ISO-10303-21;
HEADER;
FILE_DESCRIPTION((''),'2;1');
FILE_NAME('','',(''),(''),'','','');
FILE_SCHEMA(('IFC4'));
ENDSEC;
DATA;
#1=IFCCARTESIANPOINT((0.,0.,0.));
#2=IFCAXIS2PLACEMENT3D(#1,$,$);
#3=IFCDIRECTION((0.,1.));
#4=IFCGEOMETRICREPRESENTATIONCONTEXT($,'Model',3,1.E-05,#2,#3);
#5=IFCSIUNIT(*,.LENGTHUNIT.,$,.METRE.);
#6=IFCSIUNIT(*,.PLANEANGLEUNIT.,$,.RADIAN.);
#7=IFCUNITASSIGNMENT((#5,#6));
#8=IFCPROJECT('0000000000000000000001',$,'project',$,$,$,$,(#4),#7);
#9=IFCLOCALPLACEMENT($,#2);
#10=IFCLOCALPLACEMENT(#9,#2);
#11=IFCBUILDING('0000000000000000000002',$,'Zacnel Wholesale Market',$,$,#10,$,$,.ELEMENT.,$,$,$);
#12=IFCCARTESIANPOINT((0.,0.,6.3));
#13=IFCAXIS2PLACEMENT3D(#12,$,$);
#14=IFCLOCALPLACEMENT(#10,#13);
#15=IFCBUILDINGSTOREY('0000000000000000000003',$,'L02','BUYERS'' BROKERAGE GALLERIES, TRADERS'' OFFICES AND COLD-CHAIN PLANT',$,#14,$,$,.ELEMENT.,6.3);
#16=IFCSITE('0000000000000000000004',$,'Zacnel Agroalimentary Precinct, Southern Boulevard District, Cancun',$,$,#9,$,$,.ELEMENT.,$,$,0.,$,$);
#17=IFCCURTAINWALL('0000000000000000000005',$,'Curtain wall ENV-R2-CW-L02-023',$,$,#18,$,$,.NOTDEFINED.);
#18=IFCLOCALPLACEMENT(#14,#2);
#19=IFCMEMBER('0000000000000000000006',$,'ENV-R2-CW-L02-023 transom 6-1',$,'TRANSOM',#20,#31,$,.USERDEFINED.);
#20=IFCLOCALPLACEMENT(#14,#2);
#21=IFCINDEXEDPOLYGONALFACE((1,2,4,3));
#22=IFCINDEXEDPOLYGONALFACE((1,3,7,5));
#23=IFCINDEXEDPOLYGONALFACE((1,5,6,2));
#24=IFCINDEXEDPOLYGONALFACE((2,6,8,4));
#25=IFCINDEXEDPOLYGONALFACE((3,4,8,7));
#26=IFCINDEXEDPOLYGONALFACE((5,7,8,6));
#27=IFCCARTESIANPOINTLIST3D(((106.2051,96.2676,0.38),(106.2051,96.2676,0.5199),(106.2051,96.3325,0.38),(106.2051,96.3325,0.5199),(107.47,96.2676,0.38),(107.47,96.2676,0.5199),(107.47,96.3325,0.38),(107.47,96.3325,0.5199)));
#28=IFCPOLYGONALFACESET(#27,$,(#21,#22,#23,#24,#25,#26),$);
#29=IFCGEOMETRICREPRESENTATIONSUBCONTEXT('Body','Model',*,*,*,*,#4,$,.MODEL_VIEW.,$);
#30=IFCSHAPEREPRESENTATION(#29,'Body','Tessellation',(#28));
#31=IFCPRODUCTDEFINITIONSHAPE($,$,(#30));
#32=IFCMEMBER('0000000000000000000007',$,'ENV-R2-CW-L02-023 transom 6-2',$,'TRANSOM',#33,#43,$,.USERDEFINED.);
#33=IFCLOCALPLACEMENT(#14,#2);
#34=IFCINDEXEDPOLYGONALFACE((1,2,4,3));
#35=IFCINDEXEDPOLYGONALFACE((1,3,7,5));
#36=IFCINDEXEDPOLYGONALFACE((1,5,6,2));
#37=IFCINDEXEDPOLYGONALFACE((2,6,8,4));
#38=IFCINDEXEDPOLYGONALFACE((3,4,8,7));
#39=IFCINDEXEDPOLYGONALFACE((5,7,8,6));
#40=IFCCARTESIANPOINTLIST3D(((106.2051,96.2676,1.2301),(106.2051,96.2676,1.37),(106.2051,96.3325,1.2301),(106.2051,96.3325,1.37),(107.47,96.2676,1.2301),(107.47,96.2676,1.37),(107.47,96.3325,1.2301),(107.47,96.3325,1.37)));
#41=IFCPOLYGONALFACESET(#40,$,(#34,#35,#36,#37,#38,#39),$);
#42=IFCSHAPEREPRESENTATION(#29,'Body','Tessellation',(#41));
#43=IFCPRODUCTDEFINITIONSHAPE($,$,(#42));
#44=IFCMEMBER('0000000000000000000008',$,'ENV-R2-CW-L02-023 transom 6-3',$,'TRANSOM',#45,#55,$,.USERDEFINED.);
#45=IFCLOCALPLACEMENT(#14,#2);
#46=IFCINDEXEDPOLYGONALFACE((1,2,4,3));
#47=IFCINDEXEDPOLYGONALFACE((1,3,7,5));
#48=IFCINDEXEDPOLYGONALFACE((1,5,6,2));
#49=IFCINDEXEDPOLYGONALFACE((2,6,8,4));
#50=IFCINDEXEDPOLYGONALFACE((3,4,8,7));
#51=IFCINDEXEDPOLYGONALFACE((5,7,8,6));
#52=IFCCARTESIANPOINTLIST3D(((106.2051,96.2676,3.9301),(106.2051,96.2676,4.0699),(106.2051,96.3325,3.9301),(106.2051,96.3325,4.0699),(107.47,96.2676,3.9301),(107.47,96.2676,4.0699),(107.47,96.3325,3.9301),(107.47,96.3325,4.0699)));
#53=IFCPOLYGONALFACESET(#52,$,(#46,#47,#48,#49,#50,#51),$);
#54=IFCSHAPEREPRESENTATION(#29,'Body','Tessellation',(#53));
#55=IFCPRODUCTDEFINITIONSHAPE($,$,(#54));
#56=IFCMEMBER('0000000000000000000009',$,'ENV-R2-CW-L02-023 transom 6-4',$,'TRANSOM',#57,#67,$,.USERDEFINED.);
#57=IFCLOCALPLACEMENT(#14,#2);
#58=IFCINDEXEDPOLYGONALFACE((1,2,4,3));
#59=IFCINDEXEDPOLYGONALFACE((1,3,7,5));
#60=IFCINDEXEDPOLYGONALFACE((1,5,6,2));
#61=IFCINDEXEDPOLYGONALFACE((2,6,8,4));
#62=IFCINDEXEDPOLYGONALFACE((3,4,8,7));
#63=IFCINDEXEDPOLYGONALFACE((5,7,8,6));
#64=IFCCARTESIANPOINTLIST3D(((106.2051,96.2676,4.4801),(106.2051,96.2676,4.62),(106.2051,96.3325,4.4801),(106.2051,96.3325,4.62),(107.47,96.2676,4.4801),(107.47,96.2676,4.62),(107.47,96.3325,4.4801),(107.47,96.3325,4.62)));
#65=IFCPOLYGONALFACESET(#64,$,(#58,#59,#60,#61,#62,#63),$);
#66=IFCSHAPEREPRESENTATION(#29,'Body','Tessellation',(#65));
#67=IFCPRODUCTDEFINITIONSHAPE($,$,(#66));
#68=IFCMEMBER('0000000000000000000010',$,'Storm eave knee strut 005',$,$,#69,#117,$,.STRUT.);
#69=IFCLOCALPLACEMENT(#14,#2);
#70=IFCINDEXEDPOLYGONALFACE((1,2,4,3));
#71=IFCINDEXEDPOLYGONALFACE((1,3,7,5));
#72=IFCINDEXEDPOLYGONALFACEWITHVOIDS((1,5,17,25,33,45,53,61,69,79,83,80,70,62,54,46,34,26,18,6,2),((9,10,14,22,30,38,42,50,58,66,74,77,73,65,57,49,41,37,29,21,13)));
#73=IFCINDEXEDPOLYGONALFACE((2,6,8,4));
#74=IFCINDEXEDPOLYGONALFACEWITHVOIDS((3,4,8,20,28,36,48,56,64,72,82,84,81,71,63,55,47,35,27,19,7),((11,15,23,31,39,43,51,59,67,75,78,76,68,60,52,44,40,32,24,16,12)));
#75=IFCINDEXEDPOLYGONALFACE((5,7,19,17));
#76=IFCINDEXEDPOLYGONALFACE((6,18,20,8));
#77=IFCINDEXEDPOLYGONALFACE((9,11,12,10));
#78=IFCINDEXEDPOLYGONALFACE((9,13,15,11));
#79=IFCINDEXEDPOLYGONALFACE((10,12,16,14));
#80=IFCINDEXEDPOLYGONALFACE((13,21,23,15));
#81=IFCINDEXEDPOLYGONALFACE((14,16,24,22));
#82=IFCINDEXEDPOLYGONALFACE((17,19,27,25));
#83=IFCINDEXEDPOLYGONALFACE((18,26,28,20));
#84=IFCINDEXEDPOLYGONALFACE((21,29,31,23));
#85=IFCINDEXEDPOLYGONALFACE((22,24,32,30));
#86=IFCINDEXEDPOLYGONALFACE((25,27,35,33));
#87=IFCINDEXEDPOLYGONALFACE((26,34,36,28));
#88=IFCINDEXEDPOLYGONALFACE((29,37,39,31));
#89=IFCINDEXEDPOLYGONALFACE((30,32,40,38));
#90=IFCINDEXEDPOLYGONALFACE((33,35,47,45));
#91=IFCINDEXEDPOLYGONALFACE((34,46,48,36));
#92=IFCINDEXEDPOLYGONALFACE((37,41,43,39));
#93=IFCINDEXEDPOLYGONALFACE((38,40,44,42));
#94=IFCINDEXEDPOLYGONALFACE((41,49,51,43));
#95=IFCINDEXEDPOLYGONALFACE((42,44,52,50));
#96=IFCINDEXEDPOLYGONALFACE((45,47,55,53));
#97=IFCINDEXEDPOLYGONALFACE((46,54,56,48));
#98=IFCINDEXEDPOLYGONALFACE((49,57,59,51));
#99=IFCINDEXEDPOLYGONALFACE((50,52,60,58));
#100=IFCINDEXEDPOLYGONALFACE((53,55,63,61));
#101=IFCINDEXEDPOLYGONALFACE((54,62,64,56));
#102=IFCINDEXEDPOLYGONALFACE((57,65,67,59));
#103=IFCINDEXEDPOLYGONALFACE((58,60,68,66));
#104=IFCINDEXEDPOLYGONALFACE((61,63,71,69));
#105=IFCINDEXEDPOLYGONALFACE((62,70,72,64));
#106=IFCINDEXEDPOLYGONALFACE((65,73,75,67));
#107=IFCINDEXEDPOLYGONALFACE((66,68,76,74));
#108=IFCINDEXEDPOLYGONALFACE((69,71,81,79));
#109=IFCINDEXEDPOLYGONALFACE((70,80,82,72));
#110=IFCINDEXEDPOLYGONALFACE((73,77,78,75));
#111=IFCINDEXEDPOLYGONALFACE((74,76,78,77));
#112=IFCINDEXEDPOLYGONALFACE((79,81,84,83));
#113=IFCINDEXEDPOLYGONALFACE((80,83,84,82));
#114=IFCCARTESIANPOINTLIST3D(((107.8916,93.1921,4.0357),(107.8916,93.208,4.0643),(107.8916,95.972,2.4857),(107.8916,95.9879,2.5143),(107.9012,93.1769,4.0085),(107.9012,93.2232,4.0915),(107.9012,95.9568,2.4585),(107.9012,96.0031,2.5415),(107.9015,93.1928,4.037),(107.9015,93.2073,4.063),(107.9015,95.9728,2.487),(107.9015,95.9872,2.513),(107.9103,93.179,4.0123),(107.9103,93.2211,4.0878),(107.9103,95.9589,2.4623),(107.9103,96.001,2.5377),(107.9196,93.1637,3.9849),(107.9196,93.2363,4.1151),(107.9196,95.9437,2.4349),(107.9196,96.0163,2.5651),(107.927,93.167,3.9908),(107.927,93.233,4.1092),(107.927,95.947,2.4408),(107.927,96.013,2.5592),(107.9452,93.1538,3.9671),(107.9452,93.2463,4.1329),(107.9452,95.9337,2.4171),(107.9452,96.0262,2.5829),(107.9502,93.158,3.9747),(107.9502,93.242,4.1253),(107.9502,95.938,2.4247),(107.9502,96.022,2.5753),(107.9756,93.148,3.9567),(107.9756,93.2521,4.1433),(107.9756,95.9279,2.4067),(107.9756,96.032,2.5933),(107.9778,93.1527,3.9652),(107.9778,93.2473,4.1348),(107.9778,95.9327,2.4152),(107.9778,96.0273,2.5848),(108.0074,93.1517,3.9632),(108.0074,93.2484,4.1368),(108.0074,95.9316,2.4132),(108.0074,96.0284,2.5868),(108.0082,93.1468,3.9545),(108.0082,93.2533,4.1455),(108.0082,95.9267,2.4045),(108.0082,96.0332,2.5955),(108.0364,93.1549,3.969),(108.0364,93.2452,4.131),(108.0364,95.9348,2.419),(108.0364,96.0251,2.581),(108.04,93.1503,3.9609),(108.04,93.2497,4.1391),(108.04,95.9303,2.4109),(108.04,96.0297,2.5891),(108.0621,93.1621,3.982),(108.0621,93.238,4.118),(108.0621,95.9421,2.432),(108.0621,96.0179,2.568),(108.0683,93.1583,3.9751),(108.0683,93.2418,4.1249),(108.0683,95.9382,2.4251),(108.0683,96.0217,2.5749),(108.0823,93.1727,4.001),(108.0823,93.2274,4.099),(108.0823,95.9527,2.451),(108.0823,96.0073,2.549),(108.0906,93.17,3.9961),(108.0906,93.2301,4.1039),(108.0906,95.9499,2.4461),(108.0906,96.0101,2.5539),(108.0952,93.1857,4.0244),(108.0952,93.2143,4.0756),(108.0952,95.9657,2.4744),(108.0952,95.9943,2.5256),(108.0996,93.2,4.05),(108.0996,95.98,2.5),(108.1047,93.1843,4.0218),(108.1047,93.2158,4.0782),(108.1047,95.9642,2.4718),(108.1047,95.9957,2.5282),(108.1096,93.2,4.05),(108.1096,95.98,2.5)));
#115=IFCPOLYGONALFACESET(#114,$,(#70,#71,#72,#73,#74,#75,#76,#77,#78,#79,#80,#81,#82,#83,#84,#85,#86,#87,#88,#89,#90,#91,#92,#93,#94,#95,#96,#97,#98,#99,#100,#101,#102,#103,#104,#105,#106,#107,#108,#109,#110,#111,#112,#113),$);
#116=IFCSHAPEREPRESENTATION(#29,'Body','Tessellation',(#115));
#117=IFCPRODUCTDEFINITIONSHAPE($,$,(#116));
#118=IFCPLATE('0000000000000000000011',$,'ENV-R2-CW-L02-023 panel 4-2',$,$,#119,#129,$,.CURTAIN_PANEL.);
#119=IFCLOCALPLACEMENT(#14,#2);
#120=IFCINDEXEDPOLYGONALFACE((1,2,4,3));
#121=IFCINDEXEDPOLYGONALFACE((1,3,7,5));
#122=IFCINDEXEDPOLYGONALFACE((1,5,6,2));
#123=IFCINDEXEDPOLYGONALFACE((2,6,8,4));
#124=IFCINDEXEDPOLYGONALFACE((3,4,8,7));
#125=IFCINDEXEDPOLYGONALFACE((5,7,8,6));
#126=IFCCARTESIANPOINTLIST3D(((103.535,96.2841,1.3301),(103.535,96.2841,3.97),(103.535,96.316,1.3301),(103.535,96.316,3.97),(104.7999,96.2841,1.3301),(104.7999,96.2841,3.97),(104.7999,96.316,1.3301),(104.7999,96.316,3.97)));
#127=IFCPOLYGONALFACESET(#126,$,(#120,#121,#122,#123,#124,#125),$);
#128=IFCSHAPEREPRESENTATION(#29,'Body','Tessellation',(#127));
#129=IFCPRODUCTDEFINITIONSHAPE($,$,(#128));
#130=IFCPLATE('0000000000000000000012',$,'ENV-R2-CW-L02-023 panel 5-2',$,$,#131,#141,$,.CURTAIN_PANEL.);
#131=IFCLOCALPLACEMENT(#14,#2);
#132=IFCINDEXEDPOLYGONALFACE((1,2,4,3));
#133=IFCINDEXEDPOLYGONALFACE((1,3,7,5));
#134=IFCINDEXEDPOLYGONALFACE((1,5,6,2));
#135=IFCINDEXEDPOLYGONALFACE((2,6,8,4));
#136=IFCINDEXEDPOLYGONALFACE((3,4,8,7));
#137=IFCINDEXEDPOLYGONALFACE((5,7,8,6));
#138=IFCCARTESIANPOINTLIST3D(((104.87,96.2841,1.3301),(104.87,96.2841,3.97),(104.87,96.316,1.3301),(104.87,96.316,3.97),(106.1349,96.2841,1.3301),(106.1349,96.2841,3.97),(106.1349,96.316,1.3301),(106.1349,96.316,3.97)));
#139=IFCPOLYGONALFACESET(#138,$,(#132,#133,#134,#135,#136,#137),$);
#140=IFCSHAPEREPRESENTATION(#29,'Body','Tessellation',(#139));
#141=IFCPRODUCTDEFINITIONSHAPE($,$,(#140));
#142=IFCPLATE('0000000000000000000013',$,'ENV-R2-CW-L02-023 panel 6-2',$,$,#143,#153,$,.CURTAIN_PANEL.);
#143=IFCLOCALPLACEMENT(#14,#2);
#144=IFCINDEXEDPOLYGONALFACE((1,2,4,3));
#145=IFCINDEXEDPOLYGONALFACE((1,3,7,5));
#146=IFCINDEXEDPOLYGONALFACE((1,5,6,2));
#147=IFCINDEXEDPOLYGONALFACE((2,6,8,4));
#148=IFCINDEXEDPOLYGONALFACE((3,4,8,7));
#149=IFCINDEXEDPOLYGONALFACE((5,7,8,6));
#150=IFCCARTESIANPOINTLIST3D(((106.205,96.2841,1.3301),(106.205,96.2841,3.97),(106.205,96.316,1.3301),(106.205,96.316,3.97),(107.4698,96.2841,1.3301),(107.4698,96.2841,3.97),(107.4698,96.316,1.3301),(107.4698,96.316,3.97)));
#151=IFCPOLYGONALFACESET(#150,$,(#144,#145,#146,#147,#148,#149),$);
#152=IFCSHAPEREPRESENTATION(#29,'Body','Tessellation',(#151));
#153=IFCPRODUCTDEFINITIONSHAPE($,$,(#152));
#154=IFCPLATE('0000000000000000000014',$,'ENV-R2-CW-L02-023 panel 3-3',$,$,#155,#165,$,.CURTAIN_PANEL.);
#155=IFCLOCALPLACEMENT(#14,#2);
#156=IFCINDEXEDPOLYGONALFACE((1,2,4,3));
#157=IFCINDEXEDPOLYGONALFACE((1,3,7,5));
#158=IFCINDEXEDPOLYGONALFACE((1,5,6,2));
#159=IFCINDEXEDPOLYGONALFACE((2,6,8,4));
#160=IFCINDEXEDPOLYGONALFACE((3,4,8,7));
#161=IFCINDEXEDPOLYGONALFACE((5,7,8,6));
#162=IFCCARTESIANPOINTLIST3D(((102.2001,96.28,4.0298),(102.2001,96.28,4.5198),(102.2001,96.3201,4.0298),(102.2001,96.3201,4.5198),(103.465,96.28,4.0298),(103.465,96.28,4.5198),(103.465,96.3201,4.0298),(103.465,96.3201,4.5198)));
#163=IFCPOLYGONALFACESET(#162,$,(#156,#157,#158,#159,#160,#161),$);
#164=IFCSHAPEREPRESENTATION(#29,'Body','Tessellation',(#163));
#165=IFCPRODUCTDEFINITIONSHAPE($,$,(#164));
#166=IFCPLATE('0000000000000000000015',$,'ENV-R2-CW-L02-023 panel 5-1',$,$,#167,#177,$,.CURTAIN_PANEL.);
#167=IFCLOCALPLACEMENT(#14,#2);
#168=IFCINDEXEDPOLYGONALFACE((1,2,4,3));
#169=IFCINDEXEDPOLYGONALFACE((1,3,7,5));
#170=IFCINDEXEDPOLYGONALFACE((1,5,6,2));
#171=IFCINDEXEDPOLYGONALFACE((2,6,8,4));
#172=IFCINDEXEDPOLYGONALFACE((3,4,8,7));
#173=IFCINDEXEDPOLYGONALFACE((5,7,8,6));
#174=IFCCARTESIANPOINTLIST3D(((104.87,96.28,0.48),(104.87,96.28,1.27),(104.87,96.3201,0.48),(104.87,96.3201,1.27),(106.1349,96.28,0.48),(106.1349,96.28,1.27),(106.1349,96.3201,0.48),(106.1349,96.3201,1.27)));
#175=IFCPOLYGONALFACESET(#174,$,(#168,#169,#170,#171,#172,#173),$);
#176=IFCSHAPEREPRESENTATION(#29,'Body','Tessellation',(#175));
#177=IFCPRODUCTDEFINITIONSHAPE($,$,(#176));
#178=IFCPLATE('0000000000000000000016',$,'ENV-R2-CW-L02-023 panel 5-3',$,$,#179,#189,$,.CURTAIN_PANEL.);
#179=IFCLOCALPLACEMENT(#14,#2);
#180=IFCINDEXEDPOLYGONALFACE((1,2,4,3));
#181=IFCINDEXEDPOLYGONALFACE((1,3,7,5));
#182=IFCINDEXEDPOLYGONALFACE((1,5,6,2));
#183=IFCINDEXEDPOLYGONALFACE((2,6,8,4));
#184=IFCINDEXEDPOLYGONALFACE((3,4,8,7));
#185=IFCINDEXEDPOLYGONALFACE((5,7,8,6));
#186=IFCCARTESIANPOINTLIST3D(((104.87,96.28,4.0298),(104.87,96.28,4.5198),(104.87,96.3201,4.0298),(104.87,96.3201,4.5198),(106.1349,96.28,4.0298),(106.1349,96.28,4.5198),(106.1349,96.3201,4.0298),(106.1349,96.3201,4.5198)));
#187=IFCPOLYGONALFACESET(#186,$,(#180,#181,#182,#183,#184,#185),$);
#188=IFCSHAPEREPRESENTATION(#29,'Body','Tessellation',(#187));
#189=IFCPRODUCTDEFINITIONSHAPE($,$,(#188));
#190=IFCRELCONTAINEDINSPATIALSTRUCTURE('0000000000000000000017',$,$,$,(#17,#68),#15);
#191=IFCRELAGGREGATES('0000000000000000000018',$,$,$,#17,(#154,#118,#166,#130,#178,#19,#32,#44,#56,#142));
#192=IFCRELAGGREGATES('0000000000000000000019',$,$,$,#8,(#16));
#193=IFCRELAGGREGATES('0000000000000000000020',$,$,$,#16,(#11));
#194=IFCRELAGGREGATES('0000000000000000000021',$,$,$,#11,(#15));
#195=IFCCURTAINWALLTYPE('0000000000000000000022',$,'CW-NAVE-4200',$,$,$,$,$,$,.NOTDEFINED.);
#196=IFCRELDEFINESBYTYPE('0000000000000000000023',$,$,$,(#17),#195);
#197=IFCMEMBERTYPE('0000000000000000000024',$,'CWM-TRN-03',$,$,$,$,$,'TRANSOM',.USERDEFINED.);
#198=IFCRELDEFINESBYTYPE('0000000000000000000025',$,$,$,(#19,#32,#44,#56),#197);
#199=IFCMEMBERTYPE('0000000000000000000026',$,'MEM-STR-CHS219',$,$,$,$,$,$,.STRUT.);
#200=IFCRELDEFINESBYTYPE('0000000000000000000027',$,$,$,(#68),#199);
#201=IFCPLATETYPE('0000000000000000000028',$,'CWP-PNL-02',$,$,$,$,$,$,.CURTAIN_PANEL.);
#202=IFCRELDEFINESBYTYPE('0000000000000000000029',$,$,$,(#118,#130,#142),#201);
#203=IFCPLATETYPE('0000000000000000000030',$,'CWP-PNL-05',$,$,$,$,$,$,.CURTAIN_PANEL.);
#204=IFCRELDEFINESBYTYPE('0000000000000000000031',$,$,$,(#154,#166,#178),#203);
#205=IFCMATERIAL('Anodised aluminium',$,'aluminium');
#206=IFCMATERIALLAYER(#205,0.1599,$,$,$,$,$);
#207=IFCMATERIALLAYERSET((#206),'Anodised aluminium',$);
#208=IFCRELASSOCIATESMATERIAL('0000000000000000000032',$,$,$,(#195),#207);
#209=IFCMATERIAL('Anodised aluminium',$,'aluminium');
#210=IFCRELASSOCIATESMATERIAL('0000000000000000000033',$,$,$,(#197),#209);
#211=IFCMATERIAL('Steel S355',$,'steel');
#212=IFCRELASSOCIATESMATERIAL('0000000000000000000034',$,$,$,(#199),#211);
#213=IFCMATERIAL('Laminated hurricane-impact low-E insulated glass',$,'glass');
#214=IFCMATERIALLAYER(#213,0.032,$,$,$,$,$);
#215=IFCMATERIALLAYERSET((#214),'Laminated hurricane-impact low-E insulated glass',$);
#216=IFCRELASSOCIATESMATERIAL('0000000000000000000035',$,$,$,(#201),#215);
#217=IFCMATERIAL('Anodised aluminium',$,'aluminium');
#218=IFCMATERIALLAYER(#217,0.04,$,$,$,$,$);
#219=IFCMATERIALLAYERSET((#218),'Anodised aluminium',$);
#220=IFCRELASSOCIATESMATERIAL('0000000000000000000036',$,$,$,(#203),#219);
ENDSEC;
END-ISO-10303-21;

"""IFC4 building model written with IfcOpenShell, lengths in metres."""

from ifc_helpers import new_model, si_unit, direction, frame, origin, origin_2d, place, context, subcontext, project, spatial, rectangle, hollow_circle, extrude, material, layer, layer_set, material_profile, profile_set, type_object, element, aggregate, save


model = new_model("IFC4")

# Units and contexts
model_context = context("Model", 3, precision=1e-05, world=origin(), true_north=direction((0.0, 1.0)))
body_context = subcontext(model_context, "Body", "Model", "MODEL_VIEW")
ifc_project = project(units=[si_unit("LENGTHUNIT", "METRE"), si_unit("PLANEANGLEUNIT", "RADIAN")], contexts=[model_context])

# Site, building, storey
site_placement = place(None, origin())
site = spatial("IfcSite", under=ifc_project, at=site_placement, Name="Zacnel Agroalimentary Precinct, Southern Boulevard District, Cancun", CompositionType="ELEMENT", RefElevation=0.0)
building_placement = place(site_placement, origin())
building = spatial("IfcBuilding", under=site, at=building_placement, Name="Zacnel Wholesale Market", CompositionType="ELEMENT")
storey_placement = place(building_placement, frame((0.0, 0.0, 6.3)))
storey = spatial("IfcBuildingStorey", under=building, at=storey_placement, Name="L02", Description="BUYERS' BROKERAGE GALLERIES, TRADERS' OFFICES AND COLD-CHAIN PLANT", CompositionType="ELEMENT", Elevation=6.3)

# Curtain wall, members
ifc_material_1 = material(Name="Anodised aluminium", Category="aluminium")
ifc_layer_1 = layer(ifc_material_1, 0.1599)
ifc_layer_set_1 = layer_set([ifc_layer_1], Name="Anodised aluminium")
curtain_wall_type = type_object("IfcCurtainWallType", Name="CW-NAVE-4200", PredefinedType="NOTDEFINED", material=ifc_layer_set_1)
curtain_wall_placement = place(storey_placement, origin())
curtain_wall = element("IfcCurtainWall", 1, at=curtain_wall_placement, inside=storey, type_object=curtain_wall_type, Name="Curtain wall ENV-R2-CW-L02-023", PredefinedType="NOTDEFINED")
ifc_material_2 = material(Name="Anodised aluminium", Category="aluminium")
ifc_material_profile_1 = material_profile(ifc_material_2, rectangle(XDim=0.0649, YDim=0.1399, at=origin_2d()), Name="AW-TRANSOM 65x140")
ifc_profile_set_1 = profile_set([ifc_material_profile_1], Name="Anodised aluminium")
member_type_1 = type_object("IfcMemberType", Name="CWM-TRN-03", ElementType="TRANSOM", PredefinedType="USERDEFINED", material=ifc_profile_set_1)
member_1_placement = place(storey_placement, frame((106.2051, 96.3, 0.45), z_axis=(1.0, 0.0, 0.0), x_axis=(0.0, 1.0, 0.0)))
member_1 = element("IfcMember", 2, at=member_1_placement, type_object=member_type_1, Name="ENV-R2-CW-L02-023 transom 6-1", ObjectType="TRANSOM", PredefinedType="USERDEFINED", context=body_context, shape_type="SweptSolid", body=[
    extrude(rectangle(XDim=0.0649, YDim=0.1399, at=origin_2d()), origin(), (0.0, 0.0, 1.0), 1.2649),
])
member_2_placement = place(storey_placement, frame((106.2051, 96.3, 1.3), z_axis=(1.0, 0.0, 0.0), x_axis=(0.0, 1.0, 0.0)))
member_2 = element("IfcMember", 3, at=member_2_placement, type_object=member_type_1, Name="ENV-R2-CW-L02-023 transom 6-2", ObjectType="TRANSOM", PredefinedType="USERDEFINED", context=body_context, shape_type="SweptSolid", body=[
    extrude(rectangle(XDim=0.0649, YDim=0.1399, at=origin_2d()), origin(), (0.0, 0.0, 1.0), 1.2649),
])
member_3_placement = place(storey_placement, frame((106.2051, 96.3, 4.0), z_axis=(1.0, 0.0, 0.0), x_axis=(0.0, 1.0, 0.0)))
member_3 = element("IfcMember", 4, at=member_3_placement, type_object=member_type_1, Name="ENV-R2-CW-L02-023 transom 6-3", ObjectType="TRANSOM", PredefinedType="USERDEFINED", context=body_context, shape_type="SweptSolid", body=[
    extrude(rectangle(XDim=0.0649, YDim=0.1399, at=origin_2d()), origin(), (0.0, 0.0, 1.0), 1.2649),
])
member_4_placement = place(storey_placement, frame((106.2051, 96.3, 4.55), z_axis=(1.0, 0.0, 0.0), x_axis=(0.0, 1.0, 0.0)))
member_4 = element("IfcMember", 5, at=member_4_placement, type_object=member_type_1, Name="ENV-R2-CW-L02-023 transom 6-4", ObjectType="TRANSOM", PredefinedType="USERDEFINED", context=body_context, shape_type="SweptSolid", body=[
    extrude(rectangle(XDim=0.0649, YDim=0.1399, at=origin_2d()), origin(), (0.0, 0.0, 1.0), 1.2649),
])

# Member
ifc_material_3 = material(Name="Steel S355", Category="steel")
ifc_material_profile_2 = material_profile(ifc_material_3, hollow_circle(Radius=0.1096, WallThickness=0.01, at=origin_2d()), Name="CHS 219.1x10")
ifc_profile_set_2 = profile_set([ifc_material_profile_2], Name="Steel S355")
member_type_2 = type_object("IfcMemberType", Name="MEM-STR-CHS219", PredefinedType="STRUT", material=ifc_profile_set_2)
member_5_placement = place(storey_placement, frame((108.0, 95.98, 2.5), z_axis=(0.0, -0.873411, 0.486984), x_axis=(1.0, 0.0, 0.0)))
element("IfcMember", 6, at=member_5_placement, inside=storey, type_object=member_type_2, Name="Storm eave knee strut 005", PredefinedType="STRUT", context=body_context, shape_type="SweptSolid", body=[
    extrude(hollow_circle(Radius=0.1096, WallThickness=0.01, at=origin_2d()), origin(), (0.0, 0.0, 1.0), 3.1829),
])

# Plates
ifc_material_4 = material(Name="Laminated hurricane-impact low-E insulated glass", Category="glass")
ifc_layer_2 = layer(ifc_material_4, 0.032)
ifc_layer_set_2 = layer_set([ifc_layer_2], Name="Laminated hurricane-impact low-E insulated glass")
plate_type_1 = type_object("IfcPlateType", Name="CWP-PNL-02", PredefinedType="CURTAIN_PANEL", material=ifc_layer_set_2)
plate_1_placement = place(storey_placement, frame((104.1675, 96.3, 1.3301), z_axis=(0.0, 0.0, 1.0), x_axis=(1.0, 0.0, 0.0)))
plate_1 = element("IfcPlate", 7, at=plate_1_placement, type_object=plate_type_1, Name="ENV-R2-CW-L02-023 panel 4-2", PredefinedType="CURTAIN_PANEL", context=body_context, shape_type="SweptSolid", body=[
    extrude(rectangle(XDim=1.2649, YDim=0.032, at=origin_2d()), origin(), (0.0, 0.0, 1.0), 2.6399),
])
plate_2_placement = place(storey_placement, frame((105.5024, 96.3, 1.3301), z_axis=(0.0, 0.0, 1.0), x_axis=(1.0, 0.0, 0.0)))
plate_2 = element("IfcPlate", 8, at=plate_2_placement, type_object=plate_type_1, Name="ENV-R2-CW-L02-023 panel 5-2", PredefinedType="CURTAIN_PANEL", context=body_context, shape_type="SweptSolid", body=[
    extrude(rectangle(XDim=1.2649, YDim=0.032, at=origin_2d()), origin(), (0.0, 0.0, 1.0), 2.6399),
])
plate_3_placement = place(storey_placement, frame((106.8374, 96.3, 1.3301), z_axis=(0.0, 0.0, 1.0), x_axis=(1.0, 0.0, 0.0)))
plate_3 = element("IfcPlate", 9, at=plate_3_placement, type_object=plate_type_1, Name="ENV-R2-CW-L02-023 panel 6-2", PredefinedType="CURTAIN_PANEL", context=body_context, shape_type="SweptSolid", body=[
    extrude(rectangle(XDim=1.2649, YDim=0.032, at=origin_2d()), origin(), (0.0, 0.0, 1.0), 2.6399),
])
ifc_material_5 = material(Name="Anodised aluminium", Category="aluminium")
ifc_layer_3 = layer(ifc_material_5, 0.04)
ifc_layer_set_3 = layer_set([ifc_layer_3], Name="Anodised aluminium")
plate_type_2 = type_object("IfcPlateType", Name="CWP-PNL-05", PredefinedType="CURTAIN_PANEL", material=ifc_layer_set_3)
plate_4_placement = place(storey_placement, frame((102.8325, 96.3, 4.0298), z_axis=(0.0, 0.0, 1.0), x_axis=(1.0, 0.0, 0.0)))
plate_4 = element("IfcPlate", 10, at=plate_4_placement, type_object=plate_type_2, Name="ENV-R2-CW-L02-023 panel 3-3", PredefinedType="CURTAIN_PANEL", context=body_context, shape_type="SweptSolid", body=[
    extrude(rectangle(XDim=1.2649, YDim=0.04, at=origin_2d()), origin(), (0.0, 0.0, 1.0), 0.49),
])
plate_5_placement = place(storey_placement, frame((105.5024, 96.3, 0.48), z_axis=(0.0, 0.0, 1.0), x_axis=(1.0, 0.0, 0.0)))
plate_5 = element("IfcPlate", 11, at=plate_5_placement, type_object=plate_type_2, Name="ENV-R2-CW-L02-023 panel 5-1", PredefinedType="CURTAIN_PANEL", context=body_context, shape_type="SweptSolid", body=[
    extrude(rectangle(XDim=1.2649, YDim=0.04, at=origin_2d()), origin(), (0.0, 0.0, 1.0), 0.79),
])
plate_6_placement = place(storey_placement, frame((105.5024, 96.3, 4.0298), z_axis=(0.0, 0.0, 1.0), x_axis=(1.0, 0.0, 0.0)))
plate_6 = element("IfcPlate", 12, at=plate_6_placement, type_object=plate_type_2, Name="ENV-R2-CW-L02-023 panel 5-3", PredefinedType="CURTAIN_PANEL", context=body_context, shape_type="SweptSolid", body=[
    extrude(rectangle(XDim=1.2649, YDim=0.04, at=origin_2d()), origin(), (0.0, 0.0, 1.0), 0.49),
])
aggregate(curtain_wall, [plate_4, plate_1, plate_5, plate_2, plate_6, member_1, member_2, member_3, member_4, plate_3])

save(model, "model.ifc")
